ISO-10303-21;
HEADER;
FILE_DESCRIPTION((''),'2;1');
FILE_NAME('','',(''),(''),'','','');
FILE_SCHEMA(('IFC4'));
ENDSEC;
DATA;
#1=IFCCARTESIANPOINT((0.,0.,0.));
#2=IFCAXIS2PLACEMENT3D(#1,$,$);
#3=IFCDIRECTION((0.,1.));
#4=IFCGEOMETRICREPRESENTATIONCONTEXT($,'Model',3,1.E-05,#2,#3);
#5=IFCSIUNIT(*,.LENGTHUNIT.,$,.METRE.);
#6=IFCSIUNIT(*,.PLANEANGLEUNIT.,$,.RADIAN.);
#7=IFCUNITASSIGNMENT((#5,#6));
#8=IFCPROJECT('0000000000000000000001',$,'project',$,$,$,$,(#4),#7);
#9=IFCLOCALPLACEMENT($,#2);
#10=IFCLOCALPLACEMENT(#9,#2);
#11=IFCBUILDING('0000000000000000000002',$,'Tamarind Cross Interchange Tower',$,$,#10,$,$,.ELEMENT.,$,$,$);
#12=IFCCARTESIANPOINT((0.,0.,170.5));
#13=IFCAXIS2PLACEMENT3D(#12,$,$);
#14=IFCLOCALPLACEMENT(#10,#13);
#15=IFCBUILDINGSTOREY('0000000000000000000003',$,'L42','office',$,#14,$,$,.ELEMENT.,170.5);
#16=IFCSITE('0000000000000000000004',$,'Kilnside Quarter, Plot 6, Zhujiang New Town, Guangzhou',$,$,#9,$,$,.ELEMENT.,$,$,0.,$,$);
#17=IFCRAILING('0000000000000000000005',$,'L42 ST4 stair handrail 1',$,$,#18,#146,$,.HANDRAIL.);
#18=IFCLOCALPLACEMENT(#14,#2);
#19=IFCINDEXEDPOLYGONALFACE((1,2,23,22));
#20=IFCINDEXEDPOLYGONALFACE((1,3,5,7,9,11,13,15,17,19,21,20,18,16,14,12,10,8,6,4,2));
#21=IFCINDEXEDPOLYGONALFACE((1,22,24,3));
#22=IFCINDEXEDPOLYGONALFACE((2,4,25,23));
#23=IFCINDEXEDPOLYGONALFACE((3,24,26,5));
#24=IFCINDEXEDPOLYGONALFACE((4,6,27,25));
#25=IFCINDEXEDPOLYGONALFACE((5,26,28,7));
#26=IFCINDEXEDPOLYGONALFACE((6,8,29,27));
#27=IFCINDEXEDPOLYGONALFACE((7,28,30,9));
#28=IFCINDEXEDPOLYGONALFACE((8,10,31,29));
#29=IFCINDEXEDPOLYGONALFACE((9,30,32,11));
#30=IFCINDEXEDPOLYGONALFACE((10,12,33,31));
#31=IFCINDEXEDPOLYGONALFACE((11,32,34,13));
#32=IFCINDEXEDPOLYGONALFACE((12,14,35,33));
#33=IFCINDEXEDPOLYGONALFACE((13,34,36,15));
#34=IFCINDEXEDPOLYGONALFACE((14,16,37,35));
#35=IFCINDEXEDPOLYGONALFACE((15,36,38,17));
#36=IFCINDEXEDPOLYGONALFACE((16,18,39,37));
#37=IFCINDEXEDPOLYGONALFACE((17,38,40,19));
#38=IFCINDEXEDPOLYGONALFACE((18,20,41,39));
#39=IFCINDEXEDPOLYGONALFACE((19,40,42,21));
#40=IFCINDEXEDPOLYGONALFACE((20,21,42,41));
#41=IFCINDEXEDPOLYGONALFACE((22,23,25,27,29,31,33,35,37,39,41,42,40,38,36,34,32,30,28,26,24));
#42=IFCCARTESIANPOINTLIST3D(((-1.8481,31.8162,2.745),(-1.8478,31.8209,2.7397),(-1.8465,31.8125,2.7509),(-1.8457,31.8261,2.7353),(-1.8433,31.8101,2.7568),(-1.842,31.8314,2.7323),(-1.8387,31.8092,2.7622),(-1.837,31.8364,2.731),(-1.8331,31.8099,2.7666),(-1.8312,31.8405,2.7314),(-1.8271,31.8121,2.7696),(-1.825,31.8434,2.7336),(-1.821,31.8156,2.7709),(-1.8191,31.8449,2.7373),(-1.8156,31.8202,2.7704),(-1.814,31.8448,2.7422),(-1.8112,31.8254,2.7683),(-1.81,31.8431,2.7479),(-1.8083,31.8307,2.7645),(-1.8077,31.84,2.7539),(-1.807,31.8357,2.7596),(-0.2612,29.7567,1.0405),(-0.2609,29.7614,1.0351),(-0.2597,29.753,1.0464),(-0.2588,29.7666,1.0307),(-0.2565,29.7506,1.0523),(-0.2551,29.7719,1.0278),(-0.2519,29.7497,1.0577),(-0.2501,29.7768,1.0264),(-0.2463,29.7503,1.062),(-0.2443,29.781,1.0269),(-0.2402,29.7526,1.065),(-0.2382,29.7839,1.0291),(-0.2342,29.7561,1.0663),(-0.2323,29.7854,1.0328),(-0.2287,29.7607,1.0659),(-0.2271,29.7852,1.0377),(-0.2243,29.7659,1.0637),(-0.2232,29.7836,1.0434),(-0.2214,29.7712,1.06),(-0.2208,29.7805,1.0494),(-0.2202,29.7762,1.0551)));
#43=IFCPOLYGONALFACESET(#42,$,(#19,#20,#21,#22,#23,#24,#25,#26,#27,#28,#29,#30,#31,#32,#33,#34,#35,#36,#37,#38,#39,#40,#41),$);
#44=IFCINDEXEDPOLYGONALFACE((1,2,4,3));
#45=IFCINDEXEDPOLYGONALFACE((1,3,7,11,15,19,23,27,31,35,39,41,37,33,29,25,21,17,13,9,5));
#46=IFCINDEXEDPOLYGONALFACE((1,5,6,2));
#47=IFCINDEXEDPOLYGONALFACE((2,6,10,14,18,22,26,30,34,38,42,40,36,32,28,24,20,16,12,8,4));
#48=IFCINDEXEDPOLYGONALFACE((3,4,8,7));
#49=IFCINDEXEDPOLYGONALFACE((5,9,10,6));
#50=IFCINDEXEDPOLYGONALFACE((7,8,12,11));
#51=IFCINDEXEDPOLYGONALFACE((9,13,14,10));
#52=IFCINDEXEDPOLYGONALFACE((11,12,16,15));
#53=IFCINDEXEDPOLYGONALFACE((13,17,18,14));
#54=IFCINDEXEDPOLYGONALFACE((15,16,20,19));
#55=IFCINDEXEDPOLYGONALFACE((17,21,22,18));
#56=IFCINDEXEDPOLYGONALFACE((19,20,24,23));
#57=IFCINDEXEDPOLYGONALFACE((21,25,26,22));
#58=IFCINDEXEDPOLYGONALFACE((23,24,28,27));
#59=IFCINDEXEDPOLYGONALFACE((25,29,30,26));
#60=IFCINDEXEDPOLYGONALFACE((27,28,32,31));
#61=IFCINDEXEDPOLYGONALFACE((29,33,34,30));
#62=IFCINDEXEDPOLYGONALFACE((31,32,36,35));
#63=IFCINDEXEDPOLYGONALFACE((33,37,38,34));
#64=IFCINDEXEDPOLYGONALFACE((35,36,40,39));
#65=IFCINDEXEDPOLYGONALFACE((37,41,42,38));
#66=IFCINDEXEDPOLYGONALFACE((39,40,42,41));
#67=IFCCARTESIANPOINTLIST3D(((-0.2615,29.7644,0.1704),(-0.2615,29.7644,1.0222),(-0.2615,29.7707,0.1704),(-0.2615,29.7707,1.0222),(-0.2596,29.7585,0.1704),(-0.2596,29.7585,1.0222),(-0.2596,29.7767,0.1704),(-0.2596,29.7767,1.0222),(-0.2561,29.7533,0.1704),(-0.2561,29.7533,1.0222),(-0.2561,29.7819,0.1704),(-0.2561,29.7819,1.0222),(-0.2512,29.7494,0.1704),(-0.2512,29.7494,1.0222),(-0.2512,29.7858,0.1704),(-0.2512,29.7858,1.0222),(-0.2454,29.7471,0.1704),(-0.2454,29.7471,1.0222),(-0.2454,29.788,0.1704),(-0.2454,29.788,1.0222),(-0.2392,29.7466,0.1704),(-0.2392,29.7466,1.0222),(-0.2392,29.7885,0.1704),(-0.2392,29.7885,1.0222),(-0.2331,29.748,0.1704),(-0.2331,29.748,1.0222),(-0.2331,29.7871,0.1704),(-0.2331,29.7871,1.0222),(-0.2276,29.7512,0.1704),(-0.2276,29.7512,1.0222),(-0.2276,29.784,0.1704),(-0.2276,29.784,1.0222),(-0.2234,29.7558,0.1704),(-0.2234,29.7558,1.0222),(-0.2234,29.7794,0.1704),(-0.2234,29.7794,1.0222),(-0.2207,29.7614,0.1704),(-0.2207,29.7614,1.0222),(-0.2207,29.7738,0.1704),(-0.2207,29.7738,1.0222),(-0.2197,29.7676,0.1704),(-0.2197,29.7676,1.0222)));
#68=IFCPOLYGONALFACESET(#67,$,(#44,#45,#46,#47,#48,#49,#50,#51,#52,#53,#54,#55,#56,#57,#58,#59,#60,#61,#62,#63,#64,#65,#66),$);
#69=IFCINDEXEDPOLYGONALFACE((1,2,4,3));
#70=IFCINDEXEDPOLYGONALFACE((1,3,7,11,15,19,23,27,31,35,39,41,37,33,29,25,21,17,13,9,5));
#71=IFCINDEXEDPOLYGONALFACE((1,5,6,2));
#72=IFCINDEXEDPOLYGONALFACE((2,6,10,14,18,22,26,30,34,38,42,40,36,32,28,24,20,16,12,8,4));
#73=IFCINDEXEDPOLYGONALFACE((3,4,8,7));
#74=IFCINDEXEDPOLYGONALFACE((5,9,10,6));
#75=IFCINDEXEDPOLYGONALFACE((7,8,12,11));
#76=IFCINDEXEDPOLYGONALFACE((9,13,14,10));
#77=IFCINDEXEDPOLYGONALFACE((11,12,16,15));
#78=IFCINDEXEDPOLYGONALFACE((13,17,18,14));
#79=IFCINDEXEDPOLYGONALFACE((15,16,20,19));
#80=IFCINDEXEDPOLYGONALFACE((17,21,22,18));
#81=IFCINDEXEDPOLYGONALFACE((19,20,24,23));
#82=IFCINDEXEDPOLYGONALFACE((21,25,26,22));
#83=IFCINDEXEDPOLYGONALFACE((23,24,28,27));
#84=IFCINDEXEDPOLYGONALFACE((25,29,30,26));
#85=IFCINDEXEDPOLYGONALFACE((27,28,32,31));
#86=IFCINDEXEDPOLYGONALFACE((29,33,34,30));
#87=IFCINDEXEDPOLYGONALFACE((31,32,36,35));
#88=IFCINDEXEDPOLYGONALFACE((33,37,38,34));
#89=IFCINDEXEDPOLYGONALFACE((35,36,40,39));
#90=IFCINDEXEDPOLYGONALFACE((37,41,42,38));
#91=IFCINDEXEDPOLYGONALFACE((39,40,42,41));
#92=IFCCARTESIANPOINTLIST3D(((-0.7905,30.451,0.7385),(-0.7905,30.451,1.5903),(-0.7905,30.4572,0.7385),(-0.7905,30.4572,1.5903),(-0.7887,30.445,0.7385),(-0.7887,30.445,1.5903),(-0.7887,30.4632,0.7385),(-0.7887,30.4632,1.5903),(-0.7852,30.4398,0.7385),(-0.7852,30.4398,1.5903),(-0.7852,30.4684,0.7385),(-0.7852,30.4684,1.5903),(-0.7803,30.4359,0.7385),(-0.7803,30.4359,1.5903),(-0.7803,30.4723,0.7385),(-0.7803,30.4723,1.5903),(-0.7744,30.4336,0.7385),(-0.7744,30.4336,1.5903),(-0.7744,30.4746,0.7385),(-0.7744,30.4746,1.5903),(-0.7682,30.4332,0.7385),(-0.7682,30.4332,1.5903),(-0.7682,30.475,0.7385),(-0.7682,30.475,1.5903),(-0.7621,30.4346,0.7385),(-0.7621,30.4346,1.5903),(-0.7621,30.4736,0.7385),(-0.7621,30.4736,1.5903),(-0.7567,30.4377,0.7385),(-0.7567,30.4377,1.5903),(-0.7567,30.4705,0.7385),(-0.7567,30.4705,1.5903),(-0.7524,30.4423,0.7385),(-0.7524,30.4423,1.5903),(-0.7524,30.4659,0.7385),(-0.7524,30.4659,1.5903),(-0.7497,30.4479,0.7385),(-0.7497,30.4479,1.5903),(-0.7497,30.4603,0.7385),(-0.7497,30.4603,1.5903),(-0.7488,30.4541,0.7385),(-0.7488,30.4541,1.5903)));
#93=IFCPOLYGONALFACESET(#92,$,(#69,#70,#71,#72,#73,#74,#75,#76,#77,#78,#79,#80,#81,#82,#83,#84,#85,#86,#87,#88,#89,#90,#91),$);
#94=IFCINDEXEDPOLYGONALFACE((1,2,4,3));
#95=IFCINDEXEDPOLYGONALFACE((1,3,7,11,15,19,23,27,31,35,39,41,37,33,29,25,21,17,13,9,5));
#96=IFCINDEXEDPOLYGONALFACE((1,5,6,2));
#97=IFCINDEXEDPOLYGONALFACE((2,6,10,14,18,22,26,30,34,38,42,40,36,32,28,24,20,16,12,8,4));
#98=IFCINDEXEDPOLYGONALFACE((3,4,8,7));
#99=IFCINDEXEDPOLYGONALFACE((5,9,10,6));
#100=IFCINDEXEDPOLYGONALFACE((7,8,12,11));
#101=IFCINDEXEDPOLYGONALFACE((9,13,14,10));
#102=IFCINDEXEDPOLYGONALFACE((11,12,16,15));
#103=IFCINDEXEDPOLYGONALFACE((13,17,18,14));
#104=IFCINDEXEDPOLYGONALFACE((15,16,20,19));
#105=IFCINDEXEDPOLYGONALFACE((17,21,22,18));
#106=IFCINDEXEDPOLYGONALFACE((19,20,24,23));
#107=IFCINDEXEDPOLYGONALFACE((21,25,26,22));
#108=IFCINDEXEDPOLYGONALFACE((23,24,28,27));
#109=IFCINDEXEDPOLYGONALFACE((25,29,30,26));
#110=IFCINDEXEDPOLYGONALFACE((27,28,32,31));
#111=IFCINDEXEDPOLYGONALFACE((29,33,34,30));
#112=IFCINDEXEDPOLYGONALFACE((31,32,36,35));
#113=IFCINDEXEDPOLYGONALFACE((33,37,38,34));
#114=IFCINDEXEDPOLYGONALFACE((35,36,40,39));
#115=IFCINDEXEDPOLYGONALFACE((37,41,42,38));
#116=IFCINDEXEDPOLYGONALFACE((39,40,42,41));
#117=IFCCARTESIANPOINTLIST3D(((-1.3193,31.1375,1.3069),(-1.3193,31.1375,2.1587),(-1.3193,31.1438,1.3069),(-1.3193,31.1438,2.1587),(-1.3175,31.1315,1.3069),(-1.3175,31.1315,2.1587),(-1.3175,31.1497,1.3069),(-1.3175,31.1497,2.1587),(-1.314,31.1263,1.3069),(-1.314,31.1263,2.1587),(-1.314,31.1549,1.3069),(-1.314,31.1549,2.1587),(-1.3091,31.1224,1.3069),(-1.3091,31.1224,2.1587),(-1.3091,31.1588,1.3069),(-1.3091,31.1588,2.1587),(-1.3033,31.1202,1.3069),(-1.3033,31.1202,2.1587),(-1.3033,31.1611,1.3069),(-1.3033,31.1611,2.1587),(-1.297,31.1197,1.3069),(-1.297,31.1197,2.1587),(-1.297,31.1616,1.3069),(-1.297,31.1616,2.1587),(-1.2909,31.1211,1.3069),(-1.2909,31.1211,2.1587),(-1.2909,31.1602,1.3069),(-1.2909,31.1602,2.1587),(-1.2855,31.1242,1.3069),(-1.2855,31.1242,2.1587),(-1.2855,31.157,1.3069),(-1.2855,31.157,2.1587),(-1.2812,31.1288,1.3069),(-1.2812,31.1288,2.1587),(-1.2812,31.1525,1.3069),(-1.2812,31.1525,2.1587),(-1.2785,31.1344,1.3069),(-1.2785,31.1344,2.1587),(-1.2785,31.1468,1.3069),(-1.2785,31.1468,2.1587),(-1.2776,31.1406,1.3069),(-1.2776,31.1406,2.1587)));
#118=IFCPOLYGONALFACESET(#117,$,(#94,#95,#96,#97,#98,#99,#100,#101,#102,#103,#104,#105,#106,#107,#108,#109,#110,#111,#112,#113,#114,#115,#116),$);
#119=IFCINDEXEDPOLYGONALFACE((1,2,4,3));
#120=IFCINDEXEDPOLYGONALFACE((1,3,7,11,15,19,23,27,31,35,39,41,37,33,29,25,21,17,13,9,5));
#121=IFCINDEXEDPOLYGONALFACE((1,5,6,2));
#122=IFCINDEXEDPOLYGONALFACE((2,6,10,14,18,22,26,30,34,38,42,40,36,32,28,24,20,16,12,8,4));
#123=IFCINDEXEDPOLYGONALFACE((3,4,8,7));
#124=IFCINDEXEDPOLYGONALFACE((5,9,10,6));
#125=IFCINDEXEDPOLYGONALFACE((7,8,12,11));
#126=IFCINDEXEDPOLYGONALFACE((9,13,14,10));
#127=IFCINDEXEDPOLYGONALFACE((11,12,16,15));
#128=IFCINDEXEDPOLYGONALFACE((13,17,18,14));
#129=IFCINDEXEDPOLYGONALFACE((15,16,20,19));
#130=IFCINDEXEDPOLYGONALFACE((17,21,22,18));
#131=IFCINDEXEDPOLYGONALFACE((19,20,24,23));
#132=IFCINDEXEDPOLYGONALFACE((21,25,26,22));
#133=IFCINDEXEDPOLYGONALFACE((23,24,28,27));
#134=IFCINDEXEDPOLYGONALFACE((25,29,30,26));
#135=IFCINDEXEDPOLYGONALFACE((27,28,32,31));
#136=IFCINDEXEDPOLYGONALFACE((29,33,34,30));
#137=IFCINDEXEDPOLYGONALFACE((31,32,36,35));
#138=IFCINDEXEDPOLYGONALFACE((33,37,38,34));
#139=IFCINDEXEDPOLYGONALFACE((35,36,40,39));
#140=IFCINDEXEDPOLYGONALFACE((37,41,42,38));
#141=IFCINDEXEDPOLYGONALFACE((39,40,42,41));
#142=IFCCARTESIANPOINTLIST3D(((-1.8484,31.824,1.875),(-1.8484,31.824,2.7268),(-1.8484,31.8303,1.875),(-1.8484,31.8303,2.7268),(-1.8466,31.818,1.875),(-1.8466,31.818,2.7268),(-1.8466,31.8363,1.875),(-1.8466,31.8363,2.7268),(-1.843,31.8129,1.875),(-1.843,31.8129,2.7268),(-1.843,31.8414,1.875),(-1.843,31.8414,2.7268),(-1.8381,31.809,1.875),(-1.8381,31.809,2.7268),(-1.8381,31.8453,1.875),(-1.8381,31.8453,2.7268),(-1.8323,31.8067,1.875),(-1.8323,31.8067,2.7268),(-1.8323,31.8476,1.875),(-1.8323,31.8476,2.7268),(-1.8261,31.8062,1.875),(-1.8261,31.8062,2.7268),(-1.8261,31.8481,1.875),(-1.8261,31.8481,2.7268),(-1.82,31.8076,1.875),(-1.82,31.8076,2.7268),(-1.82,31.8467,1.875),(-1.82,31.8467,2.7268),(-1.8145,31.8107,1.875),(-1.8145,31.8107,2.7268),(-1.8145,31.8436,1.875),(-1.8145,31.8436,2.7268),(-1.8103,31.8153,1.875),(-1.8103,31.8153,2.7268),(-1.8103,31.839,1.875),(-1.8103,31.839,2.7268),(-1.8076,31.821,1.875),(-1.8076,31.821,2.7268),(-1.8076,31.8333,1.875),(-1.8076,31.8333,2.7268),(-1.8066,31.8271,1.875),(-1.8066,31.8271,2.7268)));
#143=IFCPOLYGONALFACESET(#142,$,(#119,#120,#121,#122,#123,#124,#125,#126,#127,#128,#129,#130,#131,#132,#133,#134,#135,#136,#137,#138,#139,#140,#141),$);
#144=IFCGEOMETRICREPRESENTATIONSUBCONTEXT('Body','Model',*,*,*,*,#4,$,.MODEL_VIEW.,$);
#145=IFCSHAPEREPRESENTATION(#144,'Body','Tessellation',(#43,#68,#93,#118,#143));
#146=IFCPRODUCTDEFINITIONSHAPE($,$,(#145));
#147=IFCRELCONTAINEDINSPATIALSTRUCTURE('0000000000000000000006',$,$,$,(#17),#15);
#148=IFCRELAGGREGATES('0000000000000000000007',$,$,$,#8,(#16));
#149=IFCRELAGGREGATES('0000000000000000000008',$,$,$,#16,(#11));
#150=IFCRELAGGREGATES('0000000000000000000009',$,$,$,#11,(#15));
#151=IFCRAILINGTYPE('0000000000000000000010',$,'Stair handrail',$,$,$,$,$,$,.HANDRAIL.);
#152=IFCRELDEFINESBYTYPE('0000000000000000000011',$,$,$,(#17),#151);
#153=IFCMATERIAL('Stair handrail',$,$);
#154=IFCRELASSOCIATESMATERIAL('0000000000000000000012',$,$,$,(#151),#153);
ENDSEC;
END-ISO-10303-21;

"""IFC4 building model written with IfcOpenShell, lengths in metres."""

from ifc_helpers import new_model, si_unit, direction, frame, origin, origin_2d, place, context, subcontext, project, spatial, circle, extrude, material, type_object, element, save


model = new_model("IFC4")

# Units and contexts
model_context = context("Model", 3, precision=1e-05, world=origin(), true_north=direction((0.0, 1.0)))
body_context = subcontext(model_context, "Body", "Model", "MODEL_VIEW")
ifc_project = project(units=[si_unit("LENGTHUNIT", "METRE"), si_unit("PLANEANGLEUNIT", "RADIAN")], contexts=[model_context])

# Site, building, storey
site_placement = place(None, origin())
site = spatial("IfcSite", under=ifc_project, at=site_placement, Name="Kilnside Quarter, Plot 6, Zhujiang New Town, Guangzhou", CompositionType="ELEMENT", RefElevation=0.0)
building_placement = place(site_placement, origin())
building = spatial("IfcBuilding", under=site, at=building_placement, Name="Tamarind Cross Interchange Tower", CompositionType="ELEMENT")
storey_placement = place(building_placement, frame((0.0, 0.0, 170.5)))
storey = spatial("IfcBuildingStorey", under=building, at=storey_placement, Name="L42", Description="office", CompositionType="ELEMENT", Elevation=170.5)

# Railing
ifc_material_1 = material(Name="Stair handrail")
railing_type_1 = type_object("IfcRailingType", Name="Stair handrail", PredefinedType="HANDRAIL", material=ifc_material_1)
railing_1_placement = place(storey_placement, frame((-0.2407, 29.7676, 0.1704)))
element("IfcRailing", 1, at=railing_1_placement, inside=storey, type_object=railing_type_1, Name="L42 ST4 stair handrail 1", PredefinedType="HANDRAIL", context=body_context, shape_type="SweptSolid", body=[
    extrude(circle(Radius=0.0239, at=origin_2d()), frame((0.0, 0.0, 0.876), z_axis=(-0.510429, 0.662459, 0.54828), x_axis=(-0.792135, -0.610346, 0.0)), (0.0, 0.0, 1.0), 3.1089),
    extrude(circle(Radius=0.021, at=origin_2d()), origin(), (0.0, 0.0, 1.0), 0.8518),
    extrude(circle(Radius=0.021, at=origin_2d()), frame((-0.5291, 0.6865, 0.5681)), (0.0, 0.0, 1.0), 0.8518),
    extrude(circle(Radius=0.021, at=origin_2d()), frame((-1.0579, 1.373, 1.1365)), (0.0, 0.0, 1.0), 0.8518),
    extrude(circle(Radius=0.021, at=origin_2d()), frame((-1.5869, 2.0596, 1.7046)), (0.0, 0.0, 1.0), 0.8518),
])

save(model, "model.ifc")
